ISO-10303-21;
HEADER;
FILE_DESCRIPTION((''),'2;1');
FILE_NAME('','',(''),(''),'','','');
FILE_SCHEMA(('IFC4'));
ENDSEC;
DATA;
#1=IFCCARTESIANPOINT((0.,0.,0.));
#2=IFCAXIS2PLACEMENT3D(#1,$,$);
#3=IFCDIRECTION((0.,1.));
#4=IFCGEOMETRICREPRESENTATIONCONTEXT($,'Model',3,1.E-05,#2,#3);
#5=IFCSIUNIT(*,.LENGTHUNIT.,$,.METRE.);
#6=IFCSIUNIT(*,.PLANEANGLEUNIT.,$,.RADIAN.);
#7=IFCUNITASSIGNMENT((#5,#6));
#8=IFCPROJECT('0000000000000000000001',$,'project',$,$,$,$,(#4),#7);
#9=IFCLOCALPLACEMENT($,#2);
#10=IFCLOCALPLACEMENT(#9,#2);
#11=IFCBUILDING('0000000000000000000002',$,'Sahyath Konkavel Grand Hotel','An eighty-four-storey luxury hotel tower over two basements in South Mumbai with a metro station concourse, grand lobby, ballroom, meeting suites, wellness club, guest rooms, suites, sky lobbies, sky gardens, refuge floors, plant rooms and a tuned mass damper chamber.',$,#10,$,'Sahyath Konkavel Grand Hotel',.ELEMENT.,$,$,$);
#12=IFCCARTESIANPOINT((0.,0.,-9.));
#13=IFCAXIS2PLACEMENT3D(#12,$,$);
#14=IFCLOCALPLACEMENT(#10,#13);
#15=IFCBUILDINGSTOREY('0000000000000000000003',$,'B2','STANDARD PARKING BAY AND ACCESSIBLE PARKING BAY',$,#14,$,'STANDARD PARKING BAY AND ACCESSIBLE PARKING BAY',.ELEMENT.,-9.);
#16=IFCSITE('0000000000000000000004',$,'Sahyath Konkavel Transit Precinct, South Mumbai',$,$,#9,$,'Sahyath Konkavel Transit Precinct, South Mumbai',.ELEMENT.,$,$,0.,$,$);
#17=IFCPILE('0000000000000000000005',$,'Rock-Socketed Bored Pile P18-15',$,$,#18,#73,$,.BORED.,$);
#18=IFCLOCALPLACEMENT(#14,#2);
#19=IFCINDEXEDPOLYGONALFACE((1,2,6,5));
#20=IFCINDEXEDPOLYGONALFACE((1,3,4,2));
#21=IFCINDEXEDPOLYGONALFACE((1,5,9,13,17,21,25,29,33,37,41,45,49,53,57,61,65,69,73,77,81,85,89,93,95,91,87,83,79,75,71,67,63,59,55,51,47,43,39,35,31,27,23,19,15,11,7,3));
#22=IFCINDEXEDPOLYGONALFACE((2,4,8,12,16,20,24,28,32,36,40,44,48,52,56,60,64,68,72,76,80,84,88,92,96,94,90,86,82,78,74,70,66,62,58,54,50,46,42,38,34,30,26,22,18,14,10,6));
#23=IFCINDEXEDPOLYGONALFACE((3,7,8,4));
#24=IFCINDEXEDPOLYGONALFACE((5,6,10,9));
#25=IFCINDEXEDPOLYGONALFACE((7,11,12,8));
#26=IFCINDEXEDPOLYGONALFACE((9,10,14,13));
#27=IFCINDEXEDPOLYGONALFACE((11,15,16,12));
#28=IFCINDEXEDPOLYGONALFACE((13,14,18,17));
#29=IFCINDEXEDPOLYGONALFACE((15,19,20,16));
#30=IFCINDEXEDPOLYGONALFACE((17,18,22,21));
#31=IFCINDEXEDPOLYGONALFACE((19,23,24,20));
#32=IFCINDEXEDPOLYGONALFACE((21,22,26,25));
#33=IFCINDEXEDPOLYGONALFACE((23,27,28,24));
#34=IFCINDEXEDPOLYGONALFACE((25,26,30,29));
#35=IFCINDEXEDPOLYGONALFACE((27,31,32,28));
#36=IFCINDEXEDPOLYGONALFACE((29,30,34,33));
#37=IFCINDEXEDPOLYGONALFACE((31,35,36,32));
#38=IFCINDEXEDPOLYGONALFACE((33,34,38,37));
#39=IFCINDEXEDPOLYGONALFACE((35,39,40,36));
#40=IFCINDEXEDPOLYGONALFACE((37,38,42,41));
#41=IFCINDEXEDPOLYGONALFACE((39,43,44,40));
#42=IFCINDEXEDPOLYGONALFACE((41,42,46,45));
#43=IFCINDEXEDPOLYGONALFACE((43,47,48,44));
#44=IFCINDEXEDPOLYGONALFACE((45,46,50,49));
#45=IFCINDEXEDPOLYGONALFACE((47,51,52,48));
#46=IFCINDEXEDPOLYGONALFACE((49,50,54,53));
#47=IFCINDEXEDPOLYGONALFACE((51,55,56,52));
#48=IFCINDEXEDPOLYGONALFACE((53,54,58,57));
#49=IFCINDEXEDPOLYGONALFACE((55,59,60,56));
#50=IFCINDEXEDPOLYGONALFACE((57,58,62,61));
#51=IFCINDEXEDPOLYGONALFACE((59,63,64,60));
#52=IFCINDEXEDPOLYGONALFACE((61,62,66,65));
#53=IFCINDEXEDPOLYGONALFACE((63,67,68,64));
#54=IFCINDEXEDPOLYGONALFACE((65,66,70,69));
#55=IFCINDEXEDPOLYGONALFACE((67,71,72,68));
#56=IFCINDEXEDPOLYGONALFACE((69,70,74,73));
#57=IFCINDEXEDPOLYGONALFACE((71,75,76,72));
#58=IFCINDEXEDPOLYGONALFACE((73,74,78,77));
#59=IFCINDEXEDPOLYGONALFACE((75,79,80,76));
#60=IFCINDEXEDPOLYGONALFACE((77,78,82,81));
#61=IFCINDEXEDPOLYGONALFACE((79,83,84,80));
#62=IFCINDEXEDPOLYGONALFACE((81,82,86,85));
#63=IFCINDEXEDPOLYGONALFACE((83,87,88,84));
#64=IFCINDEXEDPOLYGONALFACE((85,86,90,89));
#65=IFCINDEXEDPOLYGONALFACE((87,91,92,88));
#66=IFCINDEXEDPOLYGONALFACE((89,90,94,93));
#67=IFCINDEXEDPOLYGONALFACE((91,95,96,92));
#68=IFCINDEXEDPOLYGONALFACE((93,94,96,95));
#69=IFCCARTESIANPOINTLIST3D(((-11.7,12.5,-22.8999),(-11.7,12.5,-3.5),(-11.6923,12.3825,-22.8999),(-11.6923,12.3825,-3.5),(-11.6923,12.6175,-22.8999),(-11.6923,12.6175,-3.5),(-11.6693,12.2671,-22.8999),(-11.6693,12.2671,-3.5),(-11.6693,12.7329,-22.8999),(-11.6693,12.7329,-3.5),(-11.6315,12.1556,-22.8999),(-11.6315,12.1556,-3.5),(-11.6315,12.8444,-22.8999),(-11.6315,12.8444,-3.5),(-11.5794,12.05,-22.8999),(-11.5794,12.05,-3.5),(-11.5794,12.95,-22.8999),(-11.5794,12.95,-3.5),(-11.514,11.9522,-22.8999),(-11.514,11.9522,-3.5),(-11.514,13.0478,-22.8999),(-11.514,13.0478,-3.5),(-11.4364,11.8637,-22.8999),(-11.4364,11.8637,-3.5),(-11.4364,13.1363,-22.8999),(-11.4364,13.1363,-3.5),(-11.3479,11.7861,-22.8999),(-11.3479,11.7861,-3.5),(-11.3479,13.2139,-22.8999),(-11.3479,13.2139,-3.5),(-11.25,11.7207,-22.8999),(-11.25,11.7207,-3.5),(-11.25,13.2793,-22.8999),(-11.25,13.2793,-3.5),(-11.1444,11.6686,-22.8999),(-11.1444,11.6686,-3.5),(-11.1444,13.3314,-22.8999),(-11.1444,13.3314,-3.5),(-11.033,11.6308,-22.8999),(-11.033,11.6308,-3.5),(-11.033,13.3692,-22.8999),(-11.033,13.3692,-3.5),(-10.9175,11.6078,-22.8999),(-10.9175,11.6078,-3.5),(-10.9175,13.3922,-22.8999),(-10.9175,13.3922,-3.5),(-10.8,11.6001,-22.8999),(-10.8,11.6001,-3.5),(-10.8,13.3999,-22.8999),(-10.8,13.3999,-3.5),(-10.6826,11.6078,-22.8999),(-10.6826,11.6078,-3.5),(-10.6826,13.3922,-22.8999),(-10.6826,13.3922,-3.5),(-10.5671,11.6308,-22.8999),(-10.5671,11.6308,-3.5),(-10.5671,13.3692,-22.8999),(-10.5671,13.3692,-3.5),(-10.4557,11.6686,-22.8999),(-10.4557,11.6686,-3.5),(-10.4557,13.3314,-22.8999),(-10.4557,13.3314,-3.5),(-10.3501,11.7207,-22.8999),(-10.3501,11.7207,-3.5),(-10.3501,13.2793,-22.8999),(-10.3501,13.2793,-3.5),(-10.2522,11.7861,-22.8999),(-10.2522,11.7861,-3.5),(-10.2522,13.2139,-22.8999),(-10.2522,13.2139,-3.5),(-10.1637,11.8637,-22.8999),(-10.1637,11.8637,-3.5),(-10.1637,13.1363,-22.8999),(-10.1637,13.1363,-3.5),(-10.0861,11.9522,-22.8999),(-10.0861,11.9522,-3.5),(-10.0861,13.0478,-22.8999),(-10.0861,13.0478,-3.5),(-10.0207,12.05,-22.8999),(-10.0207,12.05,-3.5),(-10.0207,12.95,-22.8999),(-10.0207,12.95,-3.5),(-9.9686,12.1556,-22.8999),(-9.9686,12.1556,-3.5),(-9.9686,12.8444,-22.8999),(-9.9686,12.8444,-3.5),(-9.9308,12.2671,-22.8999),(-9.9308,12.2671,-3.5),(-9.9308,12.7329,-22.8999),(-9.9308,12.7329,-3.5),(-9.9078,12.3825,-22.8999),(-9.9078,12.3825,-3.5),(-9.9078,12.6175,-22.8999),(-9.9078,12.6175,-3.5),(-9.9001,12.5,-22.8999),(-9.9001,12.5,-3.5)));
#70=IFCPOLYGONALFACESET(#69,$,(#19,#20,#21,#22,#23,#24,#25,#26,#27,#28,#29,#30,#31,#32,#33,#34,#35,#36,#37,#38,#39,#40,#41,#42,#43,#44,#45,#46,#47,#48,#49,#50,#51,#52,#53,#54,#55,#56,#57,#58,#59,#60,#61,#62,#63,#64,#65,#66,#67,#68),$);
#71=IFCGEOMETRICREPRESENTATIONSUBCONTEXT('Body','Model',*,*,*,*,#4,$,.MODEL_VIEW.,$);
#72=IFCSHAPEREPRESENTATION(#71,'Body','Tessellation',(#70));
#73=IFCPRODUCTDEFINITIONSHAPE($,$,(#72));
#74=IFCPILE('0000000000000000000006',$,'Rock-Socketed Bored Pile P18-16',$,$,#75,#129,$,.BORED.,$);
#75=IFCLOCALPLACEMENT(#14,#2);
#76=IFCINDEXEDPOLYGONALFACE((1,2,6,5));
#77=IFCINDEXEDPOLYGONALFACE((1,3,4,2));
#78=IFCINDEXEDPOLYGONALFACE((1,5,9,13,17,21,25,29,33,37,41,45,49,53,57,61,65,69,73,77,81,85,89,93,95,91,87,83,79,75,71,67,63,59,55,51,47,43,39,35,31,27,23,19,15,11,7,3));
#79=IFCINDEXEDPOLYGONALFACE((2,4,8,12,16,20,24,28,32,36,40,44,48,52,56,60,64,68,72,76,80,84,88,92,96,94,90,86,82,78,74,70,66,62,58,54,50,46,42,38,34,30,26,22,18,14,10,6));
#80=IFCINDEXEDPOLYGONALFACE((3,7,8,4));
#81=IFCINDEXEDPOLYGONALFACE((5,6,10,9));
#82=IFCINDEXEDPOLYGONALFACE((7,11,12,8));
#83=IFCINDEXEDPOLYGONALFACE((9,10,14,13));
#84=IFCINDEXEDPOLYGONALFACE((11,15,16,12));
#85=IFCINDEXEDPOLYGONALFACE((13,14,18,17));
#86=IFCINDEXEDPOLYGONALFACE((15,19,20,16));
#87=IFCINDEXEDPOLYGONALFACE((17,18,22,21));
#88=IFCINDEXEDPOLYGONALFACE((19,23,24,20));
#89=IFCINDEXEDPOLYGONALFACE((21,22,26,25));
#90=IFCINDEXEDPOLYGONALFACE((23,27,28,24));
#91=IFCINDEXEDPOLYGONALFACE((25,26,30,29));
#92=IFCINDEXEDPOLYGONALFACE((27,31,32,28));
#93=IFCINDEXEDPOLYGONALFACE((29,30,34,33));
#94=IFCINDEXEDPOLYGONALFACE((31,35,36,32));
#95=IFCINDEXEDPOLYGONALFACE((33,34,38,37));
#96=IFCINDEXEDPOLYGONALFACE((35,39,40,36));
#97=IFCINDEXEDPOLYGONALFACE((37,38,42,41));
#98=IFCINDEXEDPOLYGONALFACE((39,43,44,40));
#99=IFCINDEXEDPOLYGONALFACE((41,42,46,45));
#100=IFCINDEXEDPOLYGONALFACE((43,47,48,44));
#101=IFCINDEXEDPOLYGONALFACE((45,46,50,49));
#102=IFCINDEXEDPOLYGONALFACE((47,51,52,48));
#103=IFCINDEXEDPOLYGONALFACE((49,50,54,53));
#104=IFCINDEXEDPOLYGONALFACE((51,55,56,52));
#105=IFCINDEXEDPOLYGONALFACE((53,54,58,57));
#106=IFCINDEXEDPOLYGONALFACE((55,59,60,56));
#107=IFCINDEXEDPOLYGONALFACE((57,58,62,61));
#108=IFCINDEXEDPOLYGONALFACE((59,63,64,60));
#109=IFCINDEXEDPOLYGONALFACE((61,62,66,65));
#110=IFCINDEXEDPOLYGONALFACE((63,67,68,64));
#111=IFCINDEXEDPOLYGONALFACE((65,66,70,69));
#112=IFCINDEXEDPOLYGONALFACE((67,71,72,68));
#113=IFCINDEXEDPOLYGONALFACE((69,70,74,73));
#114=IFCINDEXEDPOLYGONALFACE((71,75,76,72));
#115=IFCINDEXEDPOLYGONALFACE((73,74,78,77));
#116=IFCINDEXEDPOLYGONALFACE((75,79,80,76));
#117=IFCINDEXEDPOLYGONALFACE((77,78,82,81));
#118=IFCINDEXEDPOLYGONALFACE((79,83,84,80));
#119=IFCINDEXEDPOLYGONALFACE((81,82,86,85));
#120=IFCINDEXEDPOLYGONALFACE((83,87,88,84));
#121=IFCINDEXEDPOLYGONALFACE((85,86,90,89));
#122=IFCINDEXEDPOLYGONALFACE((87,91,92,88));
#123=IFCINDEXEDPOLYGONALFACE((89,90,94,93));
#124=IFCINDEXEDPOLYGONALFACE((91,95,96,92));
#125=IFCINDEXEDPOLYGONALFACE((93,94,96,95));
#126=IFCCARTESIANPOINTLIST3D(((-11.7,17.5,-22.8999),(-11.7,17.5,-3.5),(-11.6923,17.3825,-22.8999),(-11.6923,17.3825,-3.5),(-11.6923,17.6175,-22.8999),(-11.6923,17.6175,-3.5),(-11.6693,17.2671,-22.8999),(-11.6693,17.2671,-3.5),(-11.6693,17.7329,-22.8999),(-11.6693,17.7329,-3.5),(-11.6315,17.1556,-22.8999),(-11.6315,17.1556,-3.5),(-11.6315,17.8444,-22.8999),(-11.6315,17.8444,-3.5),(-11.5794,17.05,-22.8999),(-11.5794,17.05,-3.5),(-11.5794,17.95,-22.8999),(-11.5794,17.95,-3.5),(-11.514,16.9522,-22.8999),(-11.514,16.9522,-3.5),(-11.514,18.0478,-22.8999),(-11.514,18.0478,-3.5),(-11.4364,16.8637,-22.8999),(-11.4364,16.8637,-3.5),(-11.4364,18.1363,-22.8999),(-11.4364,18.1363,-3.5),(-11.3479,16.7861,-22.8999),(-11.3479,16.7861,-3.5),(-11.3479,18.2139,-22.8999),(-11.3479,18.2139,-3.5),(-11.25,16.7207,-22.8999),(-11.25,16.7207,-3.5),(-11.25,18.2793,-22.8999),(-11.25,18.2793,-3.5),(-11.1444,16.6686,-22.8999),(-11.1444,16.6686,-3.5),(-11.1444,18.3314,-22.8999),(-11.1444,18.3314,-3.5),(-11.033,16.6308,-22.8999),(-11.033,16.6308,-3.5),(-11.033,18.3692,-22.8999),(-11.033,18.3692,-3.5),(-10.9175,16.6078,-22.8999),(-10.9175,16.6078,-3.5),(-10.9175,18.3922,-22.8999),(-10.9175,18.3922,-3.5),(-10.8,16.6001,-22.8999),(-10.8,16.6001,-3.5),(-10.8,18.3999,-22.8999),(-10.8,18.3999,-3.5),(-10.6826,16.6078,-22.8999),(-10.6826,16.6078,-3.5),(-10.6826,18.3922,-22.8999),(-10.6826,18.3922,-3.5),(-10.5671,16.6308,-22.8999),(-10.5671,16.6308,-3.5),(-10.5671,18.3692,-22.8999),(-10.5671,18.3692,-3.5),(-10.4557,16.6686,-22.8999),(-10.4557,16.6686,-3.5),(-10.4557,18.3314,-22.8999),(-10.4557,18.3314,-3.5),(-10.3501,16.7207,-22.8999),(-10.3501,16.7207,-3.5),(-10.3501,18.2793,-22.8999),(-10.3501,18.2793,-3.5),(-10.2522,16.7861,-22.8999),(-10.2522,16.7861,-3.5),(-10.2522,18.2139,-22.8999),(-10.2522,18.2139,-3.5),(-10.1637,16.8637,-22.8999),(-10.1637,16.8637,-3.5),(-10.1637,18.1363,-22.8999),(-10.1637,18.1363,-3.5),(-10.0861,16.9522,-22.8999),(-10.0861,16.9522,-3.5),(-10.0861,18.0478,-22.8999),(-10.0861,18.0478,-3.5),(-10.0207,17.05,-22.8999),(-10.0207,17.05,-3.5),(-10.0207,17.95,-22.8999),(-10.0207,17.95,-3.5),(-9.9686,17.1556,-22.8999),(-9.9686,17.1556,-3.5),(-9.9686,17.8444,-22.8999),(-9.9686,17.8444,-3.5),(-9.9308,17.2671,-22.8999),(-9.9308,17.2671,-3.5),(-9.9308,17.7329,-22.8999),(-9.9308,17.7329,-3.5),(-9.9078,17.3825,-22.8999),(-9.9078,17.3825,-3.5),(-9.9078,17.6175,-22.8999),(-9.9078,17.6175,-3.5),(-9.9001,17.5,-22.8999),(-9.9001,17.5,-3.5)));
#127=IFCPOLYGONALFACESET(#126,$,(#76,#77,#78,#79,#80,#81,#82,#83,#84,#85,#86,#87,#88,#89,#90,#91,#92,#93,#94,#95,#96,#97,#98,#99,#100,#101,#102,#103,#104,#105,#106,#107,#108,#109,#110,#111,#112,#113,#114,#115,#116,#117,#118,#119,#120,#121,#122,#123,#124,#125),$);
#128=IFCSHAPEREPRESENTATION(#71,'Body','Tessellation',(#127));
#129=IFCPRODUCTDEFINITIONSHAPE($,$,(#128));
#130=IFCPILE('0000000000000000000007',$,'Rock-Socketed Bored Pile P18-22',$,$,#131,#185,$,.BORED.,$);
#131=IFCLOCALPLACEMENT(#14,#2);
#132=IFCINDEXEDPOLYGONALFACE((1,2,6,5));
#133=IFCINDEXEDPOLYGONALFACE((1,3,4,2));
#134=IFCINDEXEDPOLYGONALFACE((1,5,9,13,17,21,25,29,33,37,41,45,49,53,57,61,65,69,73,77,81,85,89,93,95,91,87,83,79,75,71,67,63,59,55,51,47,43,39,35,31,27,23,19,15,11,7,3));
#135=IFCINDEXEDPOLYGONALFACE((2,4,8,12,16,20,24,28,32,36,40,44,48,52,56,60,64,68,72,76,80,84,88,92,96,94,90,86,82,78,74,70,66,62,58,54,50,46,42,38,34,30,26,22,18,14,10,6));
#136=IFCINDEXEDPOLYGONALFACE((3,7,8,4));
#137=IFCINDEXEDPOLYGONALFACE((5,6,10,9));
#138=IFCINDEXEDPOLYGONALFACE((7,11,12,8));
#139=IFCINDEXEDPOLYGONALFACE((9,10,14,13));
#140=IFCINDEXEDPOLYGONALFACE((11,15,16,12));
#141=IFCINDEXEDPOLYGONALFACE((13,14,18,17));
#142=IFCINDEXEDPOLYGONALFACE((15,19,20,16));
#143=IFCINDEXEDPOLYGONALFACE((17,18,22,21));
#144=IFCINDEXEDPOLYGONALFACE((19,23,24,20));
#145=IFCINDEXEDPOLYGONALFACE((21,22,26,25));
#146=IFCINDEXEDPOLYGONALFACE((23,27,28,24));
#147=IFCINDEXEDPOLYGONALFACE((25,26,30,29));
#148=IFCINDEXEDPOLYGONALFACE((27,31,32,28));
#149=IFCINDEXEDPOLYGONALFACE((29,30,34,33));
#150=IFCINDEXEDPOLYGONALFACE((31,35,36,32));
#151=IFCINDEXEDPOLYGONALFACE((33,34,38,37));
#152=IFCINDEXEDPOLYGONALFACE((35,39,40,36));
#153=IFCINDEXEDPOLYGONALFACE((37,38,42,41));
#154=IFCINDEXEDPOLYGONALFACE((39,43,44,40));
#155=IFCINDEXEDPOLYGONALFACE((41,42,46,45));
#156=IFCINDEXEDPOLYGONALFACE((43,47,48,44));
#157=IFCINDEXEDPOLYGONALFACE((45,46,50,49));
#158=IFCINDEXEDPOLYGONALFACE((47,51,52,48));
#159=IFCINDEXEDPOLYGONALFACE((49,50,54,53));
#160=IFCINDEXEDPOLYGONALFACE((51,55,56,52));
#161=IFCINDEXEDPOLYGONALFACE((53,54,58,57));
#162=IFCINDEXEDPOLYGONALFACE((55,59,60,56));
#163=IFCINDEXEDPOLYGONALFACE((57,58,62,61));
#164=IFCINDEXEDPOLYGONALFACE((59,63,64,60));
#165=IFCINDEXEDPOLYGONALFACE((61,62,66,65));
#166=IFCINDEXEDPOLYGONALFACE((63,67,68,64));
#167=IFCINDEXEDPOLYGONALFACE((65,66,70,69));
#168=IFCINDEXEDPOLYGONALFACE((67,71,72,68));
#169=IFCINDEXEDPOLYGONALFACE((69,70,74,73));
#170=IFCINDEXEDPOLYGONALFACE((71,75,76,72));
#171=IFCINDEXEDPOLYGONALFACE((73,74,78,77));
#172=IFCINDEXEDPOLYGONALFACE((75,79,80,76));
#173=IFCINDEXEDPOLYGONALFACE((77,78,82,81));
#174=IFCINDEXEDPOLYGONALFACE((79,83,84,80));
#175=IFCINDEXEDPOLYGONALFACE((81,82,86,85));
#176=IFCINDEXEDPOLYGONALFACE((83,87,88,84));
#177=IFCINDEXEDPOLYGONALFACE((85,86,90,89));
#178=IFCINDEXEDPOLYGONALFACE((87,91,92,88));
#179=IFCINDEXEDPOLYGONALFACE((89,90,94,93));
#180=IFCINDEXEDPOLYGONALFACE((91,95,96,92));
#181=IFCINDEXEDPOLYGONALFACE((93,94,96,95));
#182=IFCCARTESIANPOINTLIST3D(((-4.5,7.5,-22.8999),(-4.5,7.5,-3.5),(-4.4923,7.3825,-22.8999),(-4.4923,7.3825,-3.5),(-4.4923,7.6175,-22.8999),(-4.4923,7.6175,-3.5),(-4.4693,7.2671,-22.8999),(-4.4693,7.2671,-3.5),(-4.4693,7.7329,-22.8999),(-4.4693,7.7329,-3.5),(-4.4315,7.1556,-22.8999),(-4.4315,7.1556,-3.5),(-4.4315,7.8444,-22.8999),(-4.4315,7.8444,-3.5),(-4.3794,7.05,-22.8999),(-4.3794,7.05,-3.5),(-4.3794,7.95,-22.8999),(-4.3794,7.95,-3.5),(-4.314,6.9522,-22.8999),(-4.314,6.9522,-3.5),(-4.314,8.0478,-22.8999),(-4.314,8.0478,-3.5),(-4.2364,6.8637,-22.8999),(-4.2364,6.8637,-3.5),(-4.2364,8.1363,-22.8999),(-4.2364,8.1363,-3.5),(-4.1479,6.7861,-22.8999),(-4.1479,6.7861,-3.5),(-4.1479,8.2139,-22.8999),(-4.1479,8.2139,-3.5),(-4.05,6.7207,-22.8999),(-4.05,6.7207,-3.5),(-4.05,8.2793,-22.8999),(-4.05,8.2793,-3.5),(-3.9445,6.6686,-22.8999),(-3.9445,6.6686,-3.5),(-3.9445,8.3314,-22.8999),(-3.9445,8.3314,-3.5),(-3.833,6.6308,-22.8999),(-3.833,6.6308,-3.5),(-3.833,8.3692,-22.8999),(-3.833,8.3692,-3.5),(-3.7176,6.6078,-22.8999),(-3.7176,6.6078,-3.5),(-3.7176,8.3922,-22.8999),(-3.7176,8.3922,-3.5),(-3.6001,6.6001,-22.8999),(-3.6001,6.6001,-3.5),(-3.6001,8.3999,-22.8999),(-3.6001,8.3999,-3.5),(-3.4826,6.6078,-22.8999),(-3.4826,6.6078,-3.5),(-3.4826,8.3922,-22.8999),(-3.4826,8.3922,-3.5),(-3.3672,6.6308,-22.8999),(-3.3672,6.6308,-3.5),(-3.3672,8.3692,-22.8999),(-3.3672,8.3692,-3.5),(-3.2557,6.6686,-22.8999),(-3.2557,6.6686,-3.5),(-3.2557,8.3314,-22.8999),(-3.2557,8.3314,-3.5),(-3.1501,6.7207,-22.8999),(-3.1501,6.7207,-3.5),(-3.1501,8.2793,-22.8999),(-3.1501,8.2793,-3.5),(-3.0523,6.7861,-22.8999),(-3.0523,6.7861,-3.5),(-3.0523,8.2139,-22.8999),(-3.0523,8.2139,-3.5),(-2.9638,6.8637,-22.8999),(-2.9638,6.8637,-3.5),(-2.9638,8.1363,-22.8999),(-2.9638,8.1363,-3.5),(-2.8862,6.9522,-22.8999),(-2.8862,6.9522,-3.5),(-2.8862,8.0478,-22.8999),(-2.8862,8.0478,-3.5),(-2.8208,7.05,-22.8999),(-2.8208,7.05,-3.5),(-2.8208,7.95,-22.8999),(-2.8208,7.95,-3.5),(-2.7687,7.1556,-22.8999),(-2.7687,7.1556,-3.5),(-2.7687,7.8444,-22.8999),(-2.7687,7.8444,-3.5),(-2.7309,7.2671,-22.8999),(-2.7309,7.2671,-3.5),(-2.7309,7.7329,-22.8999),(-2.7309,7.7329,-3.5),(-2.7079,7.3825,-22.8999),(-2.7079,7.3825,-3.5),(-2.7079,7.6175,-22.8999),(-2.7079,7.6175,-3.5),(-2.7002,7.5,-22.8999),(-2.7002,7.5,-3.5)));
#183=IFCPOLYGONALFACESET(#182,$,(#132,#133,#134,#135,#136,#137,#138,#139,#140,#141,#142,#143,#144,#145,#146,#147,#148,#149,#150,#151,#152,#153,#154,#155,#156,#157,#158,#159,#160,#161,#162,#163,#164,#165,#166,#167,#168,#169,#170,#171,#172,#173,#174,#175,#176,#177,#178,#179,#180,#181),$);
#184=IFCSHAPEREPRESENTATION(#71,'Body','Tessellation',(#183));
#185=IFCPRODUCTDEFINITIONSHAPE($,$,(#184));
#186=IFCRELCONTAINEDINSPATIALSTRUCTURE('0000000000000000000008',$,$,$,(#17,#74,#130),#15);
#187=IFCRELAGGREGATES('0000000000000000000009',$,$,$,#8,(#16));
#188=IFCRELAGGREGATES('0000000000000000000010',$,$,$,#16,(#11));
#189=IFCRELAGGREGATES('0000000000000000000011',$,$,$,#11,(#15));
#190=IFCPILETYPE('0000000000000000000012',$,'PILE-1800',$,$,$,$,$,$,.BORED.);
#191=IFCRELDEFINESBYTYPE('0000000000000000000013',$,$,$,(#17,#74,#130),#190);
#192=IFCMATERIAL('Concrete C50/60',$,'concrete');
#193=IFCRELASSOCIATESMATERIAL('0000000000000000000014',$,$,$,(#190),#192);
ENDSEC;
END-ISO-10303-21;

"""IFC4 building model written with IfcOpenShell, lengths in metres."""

from ifc_helpers import new_model, si_unit, direction, frame, origin, origin_2d, place, context, subcontext, project, spatial, circle, extrude, material, material_profile, profile_set, type_object, element, save


model = new_model("IFC4")

# Units and contexts
model_context = context("Model", 3, precision=1e-05, world=origin(), true_north=direction((0.0, 1.0)))
body_context = subcontext(model_context, "Body", "Model", "MODEL_VIEW")
ifc_project = project(units=[si_unit("LENGTHUNIT", "METRE"), si_unit("PLANEANGLEUNIT", "RADIAN")], contexts=[model_context])

# Site, building, storey
site_placement = place(None, origin())
site = spatial("IfcSite", under=ifc_project, at=site_placement, Name="Sahyath Konkavel Transit Precinct, South Mumbai", LongName="Sahyath Konkavel Transit Precinct, South Mumbai", CompositionType="ELEMENT", RefElevation=0.0)
building_placement = place(site_placement, origin())
building = spatial("IfcBuilding", under=site, at=building_placement, Name="Sahyath Konkavel Grand Hotel", Description="An eighty-four-storey luxury hotel tower over two basements in South Mumbai with a metro station concourse, grand lobby, ballroom, meeting suites, wellness club, guest rooms, suites, sky lobbies, sky gardens, refuge floors, plant rooms and a tuned mass damper chamber.", LongName="Sahyath Konkavel Grand Hotel", CompositionType="ELEMENT")
storey_placement = place(building_placement, frame((0.0, 0.0, -9.0)))
storey = spatial("IfcBuildingStorey", under=building, at=storey_placement, Name="B2", Description="STANDARD PARKING BAY AND ACCESSIBLE PARKING BAY", LongName="STANDARD PARKING BAY AND ACCESSIBLE PARKING BAY", CompositionType="ELEMENT", Elevation=-9.0)

# Piles
ifc_material_1 = material(Name="Concrete C50/60", Category="concrete")
ifc_material_profile_1 = material_profile(ifc_material_1, circle(Radius=0.8999, at=origin_2d()), Name="PILE D1800")
ifc_profile_set_1 = profile_set([ifc_material_profile_1], Name="Concrete C50/60")
pile_type_1 = type_object("IfcPileType", Name="PILE-1800", PredefinedType="BORED", material=ifc_profile_set_1)
for number, where, z_axis, x_axis, name in (
    (1, (-10.8, 12.5, -3.5), (0.0, 0.0, -1.0), (1.0, 0.0, 0.0), "Rock-Socketed Bored Pile P18-15"),
    (2, (-10.8, 17.5, -3.5), (0.0, 0.0, -1.0), (1.0, 0.0, 0.0), "Rock-Socketed Bored Pile P18-16"),
    (3, (-3.6001, 7.5, -3.5), (0.0, 0.0, -1.0), (1.0, 0.0, 0.0), "Rock-Socketed Bored Pile P18-22"),
):
    element("IfcPile", number, at=place(storey_placement, frame(where, z_axis=z_axis, x_axis=x_axis)), inside=storey, type_object=pile_type_1, Name=name, PredefinedType="BORED", context=body_context, shape_type="SweptSolid", body=[
        extrude(circle(Radius=0.8999, at=origin_2d()), origin(), (0.0, 0.0, 1.0), 19.3999),
    ])

save(model, "model.ifc")
